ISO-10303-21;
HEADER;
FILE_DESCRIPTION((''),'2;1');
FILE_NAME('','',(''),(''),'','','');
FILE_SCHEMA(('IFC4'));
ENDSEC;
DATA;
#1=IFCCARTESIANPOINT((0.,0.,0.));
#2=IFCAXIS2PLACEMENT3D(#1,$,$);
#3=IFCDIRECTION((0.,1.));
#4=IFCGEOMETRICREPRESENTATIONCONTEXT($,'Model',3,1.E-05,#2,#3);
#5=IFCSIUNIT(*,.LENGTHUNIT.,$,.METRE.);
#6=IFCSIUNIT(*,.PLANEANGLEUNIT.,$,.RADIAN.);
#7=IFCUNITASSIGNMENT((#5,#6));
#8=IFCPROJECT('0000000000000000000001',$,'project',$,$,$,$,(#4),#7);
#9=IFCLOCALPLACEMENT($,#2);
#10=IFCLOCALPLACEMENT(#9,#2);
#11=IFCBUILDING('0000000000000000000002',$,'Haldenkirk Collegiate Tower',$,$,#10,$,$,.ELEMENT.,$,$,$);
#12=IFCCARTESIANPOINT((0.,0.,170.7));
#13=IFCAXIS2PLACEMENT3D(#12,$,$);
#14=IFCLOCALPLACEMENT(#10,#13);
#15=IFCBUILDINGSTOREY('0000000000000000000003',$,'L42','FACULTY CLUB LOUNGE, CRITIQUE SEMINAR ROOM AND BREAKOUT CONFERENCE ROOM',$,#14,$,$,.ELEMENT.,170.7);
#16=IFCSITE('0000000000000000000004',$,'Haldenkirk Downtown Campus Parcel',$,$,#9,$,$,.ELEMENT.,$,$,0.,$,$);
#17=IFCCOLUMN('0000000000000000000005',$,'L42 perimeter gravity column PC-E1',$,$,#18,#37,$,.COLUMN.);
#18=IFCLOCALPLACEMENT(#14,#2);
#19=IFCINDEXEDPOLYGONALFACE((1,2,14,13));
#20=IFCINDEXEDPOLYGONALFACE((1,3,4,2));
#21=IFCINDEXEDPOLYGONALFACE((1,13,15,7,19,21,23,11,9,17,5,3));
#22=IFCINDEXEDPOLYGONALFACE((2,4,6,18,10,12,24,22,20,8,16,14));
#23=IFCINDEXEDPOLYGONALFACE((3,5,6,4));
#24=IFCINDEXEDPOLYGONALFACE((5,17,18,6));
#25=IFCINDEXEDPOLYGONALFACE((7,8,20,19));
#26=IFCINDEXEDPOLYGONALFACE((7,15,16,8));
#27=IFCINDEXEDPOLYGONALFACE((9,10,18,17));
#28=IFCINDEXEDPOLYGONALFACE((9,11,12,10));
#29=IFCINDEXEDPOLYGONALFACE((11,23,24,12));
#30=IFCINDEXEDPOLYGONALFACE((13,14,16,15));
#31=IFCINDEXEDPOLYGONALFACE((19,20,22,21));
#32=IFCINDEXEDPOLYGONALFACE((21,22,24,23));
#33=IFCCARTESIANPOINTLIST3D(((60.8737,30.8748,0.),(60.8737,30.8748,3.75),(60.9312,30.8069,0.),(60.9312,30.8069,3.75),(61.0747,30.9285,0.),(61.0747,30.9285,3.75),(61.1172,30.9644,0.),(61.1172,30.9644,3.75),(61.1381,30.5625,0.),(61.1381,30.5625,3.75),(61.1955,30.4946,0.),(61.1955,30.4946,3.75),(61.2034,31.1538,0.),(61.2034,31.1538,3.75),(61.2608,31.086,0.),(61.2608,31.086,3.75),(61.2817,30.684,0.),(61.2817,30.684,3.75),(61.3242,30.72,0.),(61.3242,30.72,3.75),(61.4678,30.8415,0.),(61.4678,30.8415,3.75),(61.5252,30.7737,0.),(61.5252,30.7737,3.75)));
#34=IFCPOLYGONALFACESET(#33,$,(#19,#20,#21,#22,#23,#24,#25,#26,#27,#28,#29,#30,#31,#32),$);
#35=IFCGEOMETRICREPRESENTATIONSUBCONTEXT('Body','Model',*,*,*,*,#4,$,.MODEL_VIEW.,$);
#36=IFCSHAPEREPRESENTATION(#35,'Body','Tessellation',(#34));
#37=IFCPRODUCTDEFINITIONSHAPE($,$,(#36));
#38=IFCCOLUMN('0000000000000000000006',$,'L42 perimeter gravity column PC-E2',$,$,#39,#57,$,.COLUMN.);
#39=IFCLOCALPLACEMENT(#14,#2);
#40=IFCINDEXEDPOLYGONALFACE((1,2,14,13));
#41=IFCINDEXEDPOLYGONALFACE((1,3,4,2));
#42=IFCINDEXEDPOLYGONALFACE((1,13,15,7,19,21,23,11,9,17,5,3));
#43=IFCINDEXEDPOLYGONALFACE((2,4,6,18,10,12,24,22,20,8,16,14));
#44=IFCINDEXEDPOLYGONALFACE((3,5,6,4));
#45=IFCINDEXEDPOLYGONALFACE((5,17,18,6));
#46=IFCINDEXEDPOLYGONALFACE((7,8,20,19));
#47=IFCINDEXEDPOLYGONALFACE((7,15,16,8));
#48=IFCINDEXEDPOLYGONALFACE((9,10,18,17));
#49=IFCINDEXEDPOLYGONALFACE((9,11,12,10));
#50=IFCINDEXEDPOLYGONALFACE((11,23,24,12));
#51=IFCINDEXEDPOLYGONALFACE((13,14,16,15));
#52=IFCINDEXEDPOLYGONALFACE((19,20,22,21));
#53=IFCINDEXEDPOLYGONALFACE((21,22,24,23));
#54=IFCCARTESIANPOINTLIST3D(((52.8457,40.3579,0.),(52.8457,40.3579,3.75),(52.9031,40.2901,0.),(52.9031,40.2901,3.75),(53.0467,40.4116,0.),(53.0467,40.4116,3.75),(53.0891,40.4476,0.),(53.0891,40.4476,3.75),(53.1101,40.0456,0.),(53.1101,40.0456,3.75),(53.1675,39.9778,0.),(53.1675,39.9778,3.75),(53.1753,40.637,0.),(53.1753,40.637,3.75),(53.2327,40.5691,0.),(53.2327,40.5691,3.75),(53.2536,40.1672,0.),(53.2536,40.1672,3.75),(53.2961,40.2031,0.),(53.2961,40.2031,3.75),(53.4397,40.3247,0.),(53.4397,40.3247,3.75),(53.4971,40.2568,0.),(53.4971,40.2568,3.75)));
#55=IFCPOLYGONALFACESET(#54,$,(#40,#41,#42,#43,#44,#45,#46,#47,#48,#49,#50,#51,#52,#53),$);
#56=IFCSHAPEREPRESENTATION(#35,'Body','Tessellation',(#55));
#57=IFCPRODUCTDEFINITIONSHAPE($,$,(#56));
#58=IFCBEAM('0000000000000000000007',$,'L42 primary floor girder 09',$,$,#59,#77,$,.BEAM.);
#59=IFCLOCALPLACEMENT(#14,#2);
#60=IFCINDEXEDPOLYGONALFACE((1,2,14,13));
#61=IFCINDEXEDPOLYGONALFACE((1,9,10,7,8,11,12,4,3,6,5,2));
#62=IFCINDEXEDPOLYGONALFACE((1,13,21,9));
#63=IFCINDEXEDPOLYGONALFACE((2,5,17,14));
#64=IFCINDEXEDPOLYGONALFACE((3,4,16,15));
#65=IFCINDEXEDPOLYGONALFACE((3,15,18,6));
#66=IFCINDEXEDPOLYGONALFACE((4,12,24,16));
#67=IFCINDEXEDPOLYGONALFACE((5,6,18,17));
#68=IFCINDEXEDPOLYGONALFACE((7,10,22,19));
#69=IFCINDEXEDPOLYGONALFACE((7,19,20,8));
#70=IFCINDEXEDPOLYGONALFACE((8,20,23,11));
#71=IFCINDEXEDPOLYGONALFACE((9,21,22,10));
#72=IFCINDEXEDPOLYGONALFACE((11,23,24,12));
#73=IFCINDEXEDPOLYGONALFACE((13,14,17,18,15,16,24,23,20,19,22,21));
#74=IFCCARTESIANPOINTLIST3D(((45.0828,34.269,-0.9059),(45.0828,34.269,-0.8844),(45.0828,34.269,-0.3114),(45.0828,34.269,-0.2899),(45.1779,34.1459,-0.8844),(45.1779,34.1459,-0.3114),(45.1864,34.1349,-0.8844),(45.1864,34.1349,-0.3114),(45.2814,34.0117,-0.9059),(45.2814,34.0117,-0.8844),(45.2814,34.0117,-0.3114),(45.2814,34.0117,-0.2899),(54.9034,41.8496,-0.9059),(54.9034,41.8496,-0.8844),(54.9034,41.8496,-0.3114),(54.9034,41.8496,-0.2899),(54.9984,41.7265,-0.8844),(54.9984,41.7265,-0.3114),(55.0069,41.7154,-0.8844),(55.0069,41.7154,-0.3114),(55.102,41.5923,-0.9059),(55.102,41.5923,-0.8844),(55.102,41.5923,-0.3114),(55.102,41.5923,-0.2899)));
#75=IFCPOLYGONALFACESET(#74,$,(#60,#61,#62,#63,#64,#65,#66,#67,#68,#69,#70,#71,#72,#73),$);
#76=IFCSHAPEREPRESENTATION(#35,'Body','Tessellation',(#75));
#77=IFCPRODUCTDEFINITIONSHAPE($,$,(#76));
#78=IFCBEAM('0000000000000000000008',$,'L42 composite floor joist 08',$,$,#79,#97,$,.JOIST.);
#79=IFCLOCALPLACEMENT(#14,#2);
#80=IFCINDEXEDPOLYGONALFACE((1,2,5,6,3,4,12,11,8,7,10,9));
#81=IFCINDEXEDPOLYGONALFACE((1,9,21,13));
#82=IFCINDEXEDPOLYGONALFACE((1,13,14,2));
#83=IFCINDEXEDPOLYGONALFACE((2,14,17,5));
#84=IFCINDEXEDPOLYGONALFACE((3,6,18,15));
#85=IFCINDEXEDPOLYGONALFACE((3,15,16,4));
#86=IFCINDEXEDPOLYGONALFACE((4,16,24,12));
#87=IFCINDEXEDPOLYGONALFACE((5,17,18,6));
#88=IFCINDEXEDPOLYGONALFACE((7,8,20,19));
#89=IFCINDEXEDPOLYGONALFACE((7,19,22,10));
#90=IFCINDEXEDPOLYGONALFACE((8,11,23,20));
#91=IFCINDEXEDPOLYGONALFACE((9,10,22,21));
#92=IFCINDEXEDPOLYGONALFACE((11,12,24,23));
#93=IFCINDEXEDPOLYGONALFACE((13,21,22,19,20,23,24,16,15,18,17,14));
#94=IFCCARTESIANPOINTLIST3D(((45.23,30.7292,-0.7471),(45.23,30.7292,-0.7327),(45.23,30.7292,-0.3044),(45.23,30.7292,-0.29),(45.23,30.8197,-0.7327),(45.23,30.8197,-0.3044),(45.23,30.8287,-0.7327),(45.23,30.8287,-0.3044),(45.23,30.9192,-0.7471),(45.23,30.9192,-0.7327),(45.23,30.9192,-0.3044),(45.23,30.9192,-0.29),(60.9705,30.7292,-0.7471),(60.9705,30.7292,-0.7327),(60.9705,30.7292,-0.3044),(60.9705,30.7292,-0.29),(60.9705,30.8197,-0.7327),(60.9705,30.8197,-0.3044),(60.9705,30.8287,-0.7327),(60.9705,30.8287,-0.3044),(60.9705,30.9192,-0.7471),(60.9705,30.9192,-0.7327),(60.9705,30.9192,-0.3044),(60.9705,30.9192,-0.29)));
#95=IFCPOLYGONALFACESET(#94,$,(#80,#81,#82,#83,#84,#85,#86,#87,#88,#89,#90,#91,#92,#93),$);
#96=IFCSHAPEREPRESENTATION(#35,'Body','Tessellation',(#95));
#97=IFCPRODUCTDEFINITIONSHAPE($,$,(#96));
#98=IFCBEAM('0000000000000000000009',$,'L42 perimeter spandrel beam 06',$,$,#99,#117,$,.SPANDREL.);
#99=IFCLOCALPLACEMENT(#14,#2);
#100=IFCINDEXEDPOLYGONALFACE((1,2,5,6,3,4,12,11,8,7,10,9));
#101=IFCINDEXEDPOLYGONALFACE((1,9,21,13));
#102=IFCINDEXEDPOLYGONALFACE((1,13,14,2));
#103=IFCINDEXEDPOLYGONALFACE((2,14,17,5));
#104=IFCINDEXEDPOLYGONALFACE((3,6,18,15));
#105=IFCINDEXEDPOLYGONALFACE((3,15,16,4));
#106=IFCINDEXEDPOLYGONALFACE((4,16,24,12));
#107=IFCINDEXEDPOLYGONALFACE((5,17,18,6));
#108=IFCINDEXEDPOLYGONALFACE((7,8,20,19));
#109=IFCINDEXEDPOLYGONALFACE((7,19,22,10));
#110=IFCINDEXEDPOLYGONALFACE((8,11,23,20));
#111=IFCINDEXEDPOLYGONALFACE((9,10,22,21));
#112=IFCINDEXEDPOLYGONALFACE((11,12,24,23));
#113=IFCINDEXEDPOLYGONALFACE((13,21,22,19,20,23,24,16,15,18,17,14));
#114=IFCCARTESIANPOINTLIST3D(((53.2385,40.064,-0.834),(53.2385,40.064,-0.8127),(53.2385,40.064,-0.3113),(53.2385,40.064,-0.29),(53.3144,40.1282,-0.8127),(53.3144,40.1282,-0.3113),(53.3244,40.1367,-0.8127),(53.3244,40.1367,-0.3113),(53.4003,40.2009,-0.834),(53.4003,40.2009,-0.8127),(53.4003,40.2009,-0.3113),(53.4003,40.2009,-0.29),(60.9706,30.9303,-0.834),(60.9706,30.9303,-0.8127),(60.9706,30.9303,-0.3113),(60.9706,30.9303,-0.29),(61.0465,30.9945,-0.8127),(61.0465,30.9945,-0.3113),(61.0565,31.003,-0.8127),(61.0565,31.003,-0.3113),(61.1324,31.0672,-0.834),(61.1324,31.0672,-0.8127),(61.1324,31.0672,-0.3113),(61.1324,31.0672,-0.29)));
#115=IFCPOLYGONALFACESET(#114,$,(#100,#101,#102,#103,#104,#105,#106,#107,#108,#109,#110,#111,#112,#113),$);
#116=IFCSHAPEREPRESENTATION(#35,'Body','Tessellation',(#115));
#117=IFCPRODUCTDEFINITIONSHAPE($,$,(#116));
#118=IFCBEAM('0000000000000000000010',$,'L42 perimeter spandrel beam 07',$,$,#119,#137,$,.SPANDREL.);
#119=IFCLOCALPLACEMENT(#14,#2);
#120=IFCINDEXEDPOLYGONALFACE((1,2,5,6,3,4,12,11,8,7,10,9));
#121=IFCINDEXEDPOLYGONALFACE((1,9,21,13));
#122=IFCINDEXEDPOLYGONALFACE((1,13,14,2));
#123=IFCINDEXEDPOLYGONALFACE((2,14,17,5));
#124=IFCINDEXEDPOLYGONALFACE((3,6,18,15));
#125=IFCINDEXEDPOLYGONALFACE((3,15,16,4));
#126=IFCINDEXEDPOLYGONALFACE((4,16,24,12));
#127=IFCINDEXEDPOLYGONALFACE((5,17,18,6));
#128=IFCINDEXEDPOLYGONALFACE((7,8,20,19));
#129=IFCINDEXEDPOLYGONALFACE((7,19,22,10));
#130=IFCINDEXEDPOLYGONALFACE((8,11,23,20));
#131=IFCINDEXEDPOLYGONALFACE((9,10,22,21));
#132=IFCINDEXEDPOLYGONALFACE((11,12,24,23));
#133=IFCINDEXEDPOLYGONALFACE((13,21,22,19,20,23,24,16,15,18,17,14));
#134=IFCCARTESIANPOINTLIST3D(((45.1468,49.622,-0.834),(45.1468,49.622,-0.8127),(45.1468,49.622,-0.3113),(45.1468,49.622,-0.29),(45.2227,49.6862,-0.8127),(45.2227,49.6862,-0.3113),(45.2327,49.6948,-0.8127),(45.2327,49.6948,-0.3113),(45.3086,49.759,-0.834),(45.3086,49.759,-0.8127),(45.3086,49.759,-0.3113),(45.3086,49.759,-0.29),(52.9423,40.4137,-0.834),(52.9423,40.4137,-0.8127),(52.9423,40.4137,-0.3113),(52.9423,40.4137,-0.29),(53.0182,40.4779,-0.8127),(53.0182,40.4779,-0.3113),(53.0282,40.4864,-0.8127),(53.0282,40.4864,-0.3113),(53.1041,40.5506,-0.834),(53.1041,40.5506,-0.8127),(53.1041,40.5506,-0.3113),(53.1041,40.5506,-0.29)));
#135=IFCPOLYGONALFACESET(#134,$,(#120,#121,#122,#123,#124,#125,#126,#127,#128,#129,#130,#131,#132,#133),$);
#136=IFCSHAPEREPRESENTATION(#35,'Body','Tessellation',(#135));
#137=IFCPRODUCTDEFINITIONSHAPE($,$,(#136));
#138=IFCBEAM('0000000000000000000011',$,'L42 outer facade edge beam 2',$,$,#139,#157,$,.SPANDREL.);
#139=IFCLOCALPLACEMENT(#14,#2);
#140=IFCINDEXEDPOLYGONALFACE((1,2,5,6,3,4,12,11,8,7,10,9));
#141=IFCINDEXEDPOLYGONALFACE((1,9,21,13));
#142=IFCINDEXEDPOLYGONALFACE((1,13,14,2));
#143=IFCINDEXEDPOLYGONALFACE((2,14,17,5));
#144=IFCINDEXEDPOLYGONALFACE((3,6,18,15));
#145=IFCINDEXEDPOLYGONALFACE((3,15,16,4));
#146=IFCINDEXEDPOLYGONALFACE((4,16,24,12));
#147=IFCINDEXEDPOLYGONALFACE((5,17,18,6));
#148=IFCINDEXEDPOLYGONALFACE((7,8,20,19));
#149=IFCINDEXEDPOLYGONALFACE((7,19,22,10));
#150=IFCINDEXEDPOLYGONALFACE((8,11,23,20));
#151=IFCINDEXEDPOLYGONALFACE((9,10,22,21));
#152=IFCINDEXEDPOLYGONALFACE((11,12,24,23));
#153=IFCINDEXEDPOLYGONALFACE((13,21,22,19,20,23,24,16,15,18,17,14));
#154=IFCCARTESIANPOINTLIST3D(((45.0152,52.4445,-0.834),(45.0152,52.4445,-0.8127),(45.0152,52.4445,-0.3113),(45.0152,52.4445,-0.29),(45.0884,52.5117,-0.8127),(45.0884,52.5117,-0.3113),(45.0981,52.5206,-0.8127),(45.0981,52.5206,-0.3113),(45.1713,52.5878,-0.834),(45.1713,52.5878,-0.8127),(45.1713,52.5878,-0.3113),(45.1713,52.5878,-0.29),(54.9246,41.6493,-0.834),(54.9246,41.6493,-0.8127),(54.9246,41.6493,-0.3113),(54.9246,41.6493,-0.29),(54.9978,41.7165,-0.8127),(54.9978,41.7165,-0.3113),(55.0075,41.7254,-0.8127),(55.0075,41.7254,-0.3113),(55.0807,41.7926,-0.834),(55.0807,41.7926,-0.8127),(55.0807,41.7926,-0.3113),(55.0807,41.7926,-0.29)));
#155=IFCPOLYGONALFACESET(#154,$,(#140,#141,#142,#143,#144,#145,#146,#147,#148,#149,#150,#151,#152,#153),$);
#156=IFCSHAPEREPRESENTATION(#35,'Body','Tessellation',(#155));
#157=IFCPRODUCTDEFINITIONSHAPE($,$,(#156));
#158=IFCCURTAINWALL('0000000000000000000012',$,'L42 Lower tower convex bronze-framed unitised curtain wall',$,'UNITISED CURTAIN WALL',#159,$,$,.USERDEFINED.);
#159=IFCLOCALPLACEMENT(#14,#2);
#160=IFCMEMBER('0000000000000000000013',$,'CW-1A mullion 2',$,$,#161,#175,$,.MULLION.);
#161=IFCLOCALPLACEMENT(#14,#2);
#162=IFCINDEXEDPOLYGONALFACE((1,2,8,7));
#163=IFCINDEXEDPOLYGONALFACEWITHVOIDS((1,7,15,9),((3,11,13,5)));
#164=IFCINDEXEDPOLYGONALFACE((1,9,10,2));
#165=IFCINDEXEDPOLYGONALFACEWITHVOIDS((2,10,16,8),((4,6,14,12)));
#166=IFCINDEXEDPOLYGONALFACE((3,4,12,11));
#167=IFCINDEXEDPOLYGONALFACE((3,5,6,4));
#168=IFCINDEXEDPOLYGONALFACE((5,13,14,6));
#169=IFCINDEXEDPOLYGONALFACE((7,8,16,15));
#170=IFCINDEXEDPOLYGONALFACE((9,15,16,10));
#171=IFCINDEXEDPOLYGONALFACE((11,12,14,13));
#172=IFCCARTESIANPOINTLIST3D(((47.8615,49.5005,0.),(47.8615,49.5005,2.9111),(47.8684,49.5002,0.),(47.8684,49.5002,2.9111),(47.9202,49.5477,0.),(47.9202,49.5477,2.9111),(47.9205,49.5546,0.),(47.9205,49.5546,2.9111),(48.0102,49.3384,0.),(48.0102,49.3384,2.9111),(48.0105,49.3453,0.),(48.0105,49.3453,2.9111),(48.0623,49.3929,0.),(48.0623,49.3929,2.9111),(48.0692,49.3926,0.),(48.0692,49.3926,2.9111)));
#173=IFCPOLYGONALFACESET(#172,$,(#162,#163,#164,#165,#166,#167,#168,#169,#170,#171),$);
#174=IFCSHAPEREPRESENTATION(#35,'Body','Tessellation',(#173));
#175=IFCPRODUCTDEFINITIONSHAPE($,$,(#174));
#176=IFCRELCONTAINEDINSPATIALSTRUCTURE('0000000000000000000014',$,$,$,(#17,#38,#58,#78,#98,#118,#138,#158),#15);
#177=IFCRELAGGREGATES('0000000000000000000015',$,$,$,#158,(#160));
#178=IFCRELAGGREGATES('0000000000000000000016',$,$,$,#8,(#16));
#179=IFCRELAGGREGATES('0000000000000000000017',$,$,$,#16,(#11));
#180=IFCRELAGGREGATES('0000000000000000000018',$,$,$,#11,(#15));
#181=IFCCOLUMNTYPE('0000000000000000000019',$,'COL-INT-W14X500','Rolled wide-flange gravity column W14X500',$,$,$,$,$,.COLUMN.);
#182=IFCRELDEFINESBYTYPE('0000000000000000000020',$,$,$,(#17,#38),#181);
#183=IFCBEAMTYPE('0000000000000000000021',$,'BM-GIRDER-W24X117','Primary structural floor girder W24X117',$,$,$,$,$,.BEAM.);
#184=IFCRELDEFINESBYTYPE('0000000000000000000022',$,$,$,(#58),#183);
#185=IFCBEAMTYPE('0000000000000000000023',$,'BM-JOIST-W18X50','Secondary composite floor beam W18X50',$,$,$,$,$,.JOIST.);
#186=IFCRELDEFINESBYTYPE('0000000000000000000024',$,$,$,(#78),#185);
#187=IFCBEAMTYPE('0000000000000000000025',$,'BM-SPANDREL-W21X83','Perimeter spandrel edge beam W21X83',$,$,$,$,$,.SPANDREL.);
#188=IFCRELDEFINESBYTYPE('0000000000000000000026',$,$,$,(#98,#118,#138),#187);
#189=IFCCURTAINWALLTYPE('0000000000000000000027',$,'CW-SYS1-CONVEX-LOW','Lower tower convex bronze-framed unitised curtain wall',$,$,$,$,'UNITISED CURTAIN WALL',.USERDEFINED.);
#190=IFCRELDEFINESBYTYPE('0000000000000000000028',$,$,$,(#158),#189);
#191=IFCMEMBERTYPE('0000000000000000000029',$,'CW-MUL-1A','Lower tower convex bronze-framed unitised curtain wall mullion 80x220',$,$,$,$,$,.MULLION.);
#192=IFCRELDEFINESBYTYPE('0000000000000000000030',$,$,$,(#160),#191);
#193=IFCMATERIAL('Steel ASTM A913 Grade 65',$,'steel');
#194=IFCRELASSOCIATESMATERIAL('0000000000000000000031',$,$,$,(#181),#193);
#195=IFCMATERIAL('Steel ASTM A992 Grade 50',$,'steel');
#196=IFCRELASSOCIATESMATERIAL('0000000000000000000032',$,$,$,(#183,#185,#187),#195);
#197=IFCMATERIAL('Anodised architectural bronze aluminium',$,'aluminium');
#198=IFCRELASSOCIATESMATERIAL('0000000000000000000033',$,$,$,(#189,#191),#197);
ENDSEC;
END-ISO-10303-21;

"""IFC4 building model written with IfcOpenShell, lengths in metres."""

from ifc_helpers import new_model, si_unit, direction, frame, origin, origin_2d, place, context, subcontext, project, spatial, hollow_rectangle, i_section, extrude, material, material_profile, profile_set, type_object, element, aggregate, save


model = new_model("IFC4")

# Units and contexts
model_context = context("Model", 3, precision=1e-05, world=origin(), true_north=direction((0.0, 1.0)))
body_context = subcontext(model_context, "Body", "Model", "MODEL_VIEW")
ifc_project = project(units=[si_unit("LENGTHUNIT", "METRE"), si_unit("PLANEANGLEUNIT", "RADIAN")], contexts=[model_context])

# Site, building, storey
site_placement = place(None, origin())
site = spatial("IfcSite", under=ifc_project, at=site_placement, Name="Haldenkirk Downtown Campus Parcel", CompositionType="ELEMENT", RefElevation=0.0)
building_placement = place(site_placement, origin())
building = spatial("IfcBuilding", under=site, at=building_placement, Name="Haldenkirk Collegiate Tower", CompositionType="ELEMENT")
storey_placement = place(building_placement, frame((0.0, 0.0, 170.7)))
storey = spatial("IfcBuildingStorey", under=building, at=storey_placement, Name="L42", Description="FACULTY CLUB LOUNGE, CRITIQUE SEMINAR ROOM AND BREAKOUT CONFERENCE ROOM", CompositionType="ELEMENT", Elevation=170.7)

# Columns
ifc_material_1 = material(Name="Steel ASTM A913 Grade 65", Category="steel")
ifc_material_profile_1 = material_profile(ifc_material_1, i_section(OverallWidth=0.4319, OverallDepth=0.498, WebThickness=0.0557, FlangeThickness=0.0889, at=origin_2d()), Name="W14X500")
ifc_profile_set_1 = profile_set([ifc_material_profile_1], Name="Steel ASTM A913 Grade 65")
column_type = type_object("IfcColumnType", Name="COL-INT-W14X500", Description="Rolled wide-flange gravity column W14X500", PredefinedType="COLUMN", material=ifc_profile_set_1)
for number, where, z_axis, x_axis, name in (
    (1, (61.1995, 30.8242, 0.0), (0.0, 0.0, 1.0), (0.763232, 0.646124, 0.0), "L42 perimeter gravity column PC-E1"),
    (2, (53.1714, 40.3074, 0.0), (0.0, 0.0, 1.0), (0.763232, 0.646124, 0.0), "L42 perimeter gravity column PC-E2"),
):
    element("IfcColumn", number, at=place(storey_placement, frame(where, z_axis=z_axis, x_axis=x_axis)), inside=storey, type_object=column_type, Name=name, PredefinedType="COLUMN", context=body_context, shape_type="SweptSolid", body=[
        extrude(i_section(OverallWidth=0.4319, OverallDepth=0.498, WebThickness=0.0557, FlangeThickness=0.0889, at=origin_2d()), origin(), (0.0, 0.0, 1.0), 3.75),
    ])

# Beams
ifc_material_2 = material(Name="Steel ASTM A992 Grade 50", Category="steel")
ifc_material_profile_2 = material_profile(ifc_material_2, i_section(OverallWidth=0.325, OverallDepth=0.616, WebThickness=0.0139, FlangeThickness=0.0215, at=origin_2d()), Name="W24X117")
ifc_profile_set_2 = profile_set([ifc_material_profile_2], Name="Steel ASTM A992 Grade 50")
beam_type_1 = type_object("IfcBeamType", Name="BM-GIRDER-W24X117", Description="Primary structural floor girder W24X117", PredefinedType="BEAM", material=ifc_profile_set_2)
beam_1_placement = place(storey_placement, frame((55.0027, 41.7209, -0.5979), z_axis=(-0.791599, -0.611041, 0.0), x_axis=(0.611041, -0.791599, 0.0)))
element("IfcBeam", 3, at=beam_1_placement, inside=storey, type_object=beam_type_1, Name="L42 primary floor girder 09", PredefinedType="BEAM", context=body_context, shape_type="SweptSolid", body=[
    extrude(i_section(OverallWidth=0.325, OverallDepth=0.616, WebThickness=0.0139, FlangeThickness=0.0215, at=origin_2d()), origin(), (0.0, 0.0, 1.0), 12.406),
])
ifc_material_profile_3 = material_profile(ifc_material_2, i_section(OverallWidth=0.1899, OverallDepth=0.457, WebThickness=0.009, FlangeThickness=0.0144, at=origin_2d()), Name="W18X50")
ifc_profile_set_3 = profile_set([ifc_material_profile_3], Name="Steel ASTM A992 Grade 50")
beam_type_2 = type_object("IfcBeamType", Name="BM-JOIST-W18X50", Description="Secondary composite floor beam W18X50", PredefinedType="JOIST", material=ifc_profile_set_3)
beam_2_placement = place(storey_placement, frame((60.9705, 30.8242, -0.5186), z_axis=(-1.0, 0.0, 0.0), x_axis=(0.0, -1.0, 0.0)))
element("IfcBeam", 4, at=beam_2_placement, inside=storey, type_object=beam_type_2, Name="L42 composite floor joist 08", PredefinedType="JOIST", context=body_context, shape_type="SweptSolid", body=[
    extrude(i_section(OverallWidth=0.1899, OverallDepth=0.457, WebThickness=0.009, FlangeThickness=0.0144, at=origin_2d()), origin(), (0.0, 0.0, 1.0), 15.7405),
])
ifc_material_profile_4 = material_profile(ifc_material_2, i_section(OverallWidth=0.2119, OverallDepth=0.5439, WebThickness=0.0132, FlangeThickness=0.0212, at=origin_2d()), Name="W21X83")
ifc_profile_set_4 = profile_set([ifc_material_profile_4], Name="Steel ASTM A992 Grade 50")
beam_type_3 = type_object("IfcBeamType", Name="BM-SPANDREL-W21X83", Description="Perimeter spandrel edge beam W21X83", PredefinedType="SPANDREL", material=ifc_profile_set_4)
beam_3_placement = place(storey_placement, frame((61.0515, 30.9988, -0.562), z_axis=(-0.646117, 0.763238, 0.0), x_axis=(-0.763238, -0.646117, 0.0)))
element("IfcBeam", 5, at=beam_3_placement, inside=storey, type_object=beam_type_3, Name="L42 perimeter spandrel beam 06", PredefinedType="SPANDREL", context=body_context, shape_type="SweptSolid", body=[
    extrude(i_section(OverallWidth=0.2119, OverallDepth=0.5439, WebThickness=0.0132, FlangeThickness=0.0212, at=origin_2d()), origin(), (0.0, 0.0, 1.0), 11.967),
])
beam_4_placement = place(storey_placement, frame((53.0232, 40.4822, -0.562), z_axis=(-0.646126, 0.76323, 0.0), x_axis=(-0.76323, -0.646126, 0.0)))
element("IfcBeam", 6, at=beam_4_placement, inside=storey, type_object=beam_type_3, Name="L42 perimeter spandrel beam 07", PredefinedType="SPANDREL", context=body_context, shape_type="SweptSolid", body=[
    extrude(i_section(OverallWidth=0.2119, OverallDepth=0.5439, WebThickness=0.0132, FlangeThickness=0.0212, at=origin_2d()), origin(), (0.0, 0.0, 1.0), 12.0649),
])
beam_5_placement = place(storey_placement, frame((55.0027, 41.7209, -0.562), z_axis=(-0.676238, 0.736683, 0.0), x_axis=(-0.736683, -0.676238, 0.0)))
element("IfcBeam", 7, at=beam_5_placement, inside=storey, type_object=beam_type_3, Name="L42 outer facade edge beam 2", PredefinedType="SPANDREL", context=body_context, shape_type="SweptSolid", body=[
    extrude(i_section(OverallWidth=0.2119, OverallDepth=0.5439, WebThickness=0.0132, FlangeThickness=0.0212, at=origin_2d()), origin(), (0.0, 0.0, 1.0), 14.6538),
])

# Curtain wall, member
ifc_material_3 = material(Name="Anodised architectural bronze aluminium", Category="aluminium")
curtain_wall_type = type_object("IfcCurtainWallType", Name="CW-SYS1-CONVEX-LOW", Description="Lower tower convex bronze-framed unitised curtain wall", ElementType="UNITISED CURTAIN WALL", PredefinedType="USERDEFINED", material=ifc_material_3)
curtain_wall_placement = place(storey_placement, origin())
curtain_wall = element("IfcCurtainWall", 8, at=curtain_wall_placement, inside=storey, type_object=curtain_wall_type, Name="L42 Lower tower convex bronze-framed unitised curtain wall", ObjectType="UNITISED CURTAIN WALL", PredefinedType="USERDEFINED")
ifc_material_profile_5 = material_profile(ifc_material_3, hollow_rectangle(XDim=0.0801, YDim=0.22, WallThickness=0.0049, at=origin_2d()), Name="CW-MUL-1A")
ifc_profile_set_5 = profile_set([ifc_material_profile_5], Name="Anodised architectural bronze aluminium")
member_type_1 = type_object("IfcMemberType", Name="CW-MUL-1A", Description="Lower tower convex bronze-framed unitised curtain wall mullion 80x220", PredefinedType="MULLION", material=ifc_profile_set_5)
member_1_placement = place(storey_placement, frame((47.9653, 49.4465, 0.0), z_axis=(0.0, 0.0, 1.0), x_axis=(0.736687, 0.676234, 0.0)))
member_1 = element("IfcMember", 9, at=member_1_placement, type_object=member_type_1, Name="CW-1A mullion 2", PredefinedType="MULLION", context=body_context, shape_type="SweptSolid", body=[
    extrude(hollow_rectangle(XDim=0.0801, YDim=0.22, WallThickness=0.0049, at=origin_2d()), origin(), (0.0, 0.0, 1.0), 2.9111),
])

aggregate(curtain_wall, [member_1])

save(model, "model.ifc")
